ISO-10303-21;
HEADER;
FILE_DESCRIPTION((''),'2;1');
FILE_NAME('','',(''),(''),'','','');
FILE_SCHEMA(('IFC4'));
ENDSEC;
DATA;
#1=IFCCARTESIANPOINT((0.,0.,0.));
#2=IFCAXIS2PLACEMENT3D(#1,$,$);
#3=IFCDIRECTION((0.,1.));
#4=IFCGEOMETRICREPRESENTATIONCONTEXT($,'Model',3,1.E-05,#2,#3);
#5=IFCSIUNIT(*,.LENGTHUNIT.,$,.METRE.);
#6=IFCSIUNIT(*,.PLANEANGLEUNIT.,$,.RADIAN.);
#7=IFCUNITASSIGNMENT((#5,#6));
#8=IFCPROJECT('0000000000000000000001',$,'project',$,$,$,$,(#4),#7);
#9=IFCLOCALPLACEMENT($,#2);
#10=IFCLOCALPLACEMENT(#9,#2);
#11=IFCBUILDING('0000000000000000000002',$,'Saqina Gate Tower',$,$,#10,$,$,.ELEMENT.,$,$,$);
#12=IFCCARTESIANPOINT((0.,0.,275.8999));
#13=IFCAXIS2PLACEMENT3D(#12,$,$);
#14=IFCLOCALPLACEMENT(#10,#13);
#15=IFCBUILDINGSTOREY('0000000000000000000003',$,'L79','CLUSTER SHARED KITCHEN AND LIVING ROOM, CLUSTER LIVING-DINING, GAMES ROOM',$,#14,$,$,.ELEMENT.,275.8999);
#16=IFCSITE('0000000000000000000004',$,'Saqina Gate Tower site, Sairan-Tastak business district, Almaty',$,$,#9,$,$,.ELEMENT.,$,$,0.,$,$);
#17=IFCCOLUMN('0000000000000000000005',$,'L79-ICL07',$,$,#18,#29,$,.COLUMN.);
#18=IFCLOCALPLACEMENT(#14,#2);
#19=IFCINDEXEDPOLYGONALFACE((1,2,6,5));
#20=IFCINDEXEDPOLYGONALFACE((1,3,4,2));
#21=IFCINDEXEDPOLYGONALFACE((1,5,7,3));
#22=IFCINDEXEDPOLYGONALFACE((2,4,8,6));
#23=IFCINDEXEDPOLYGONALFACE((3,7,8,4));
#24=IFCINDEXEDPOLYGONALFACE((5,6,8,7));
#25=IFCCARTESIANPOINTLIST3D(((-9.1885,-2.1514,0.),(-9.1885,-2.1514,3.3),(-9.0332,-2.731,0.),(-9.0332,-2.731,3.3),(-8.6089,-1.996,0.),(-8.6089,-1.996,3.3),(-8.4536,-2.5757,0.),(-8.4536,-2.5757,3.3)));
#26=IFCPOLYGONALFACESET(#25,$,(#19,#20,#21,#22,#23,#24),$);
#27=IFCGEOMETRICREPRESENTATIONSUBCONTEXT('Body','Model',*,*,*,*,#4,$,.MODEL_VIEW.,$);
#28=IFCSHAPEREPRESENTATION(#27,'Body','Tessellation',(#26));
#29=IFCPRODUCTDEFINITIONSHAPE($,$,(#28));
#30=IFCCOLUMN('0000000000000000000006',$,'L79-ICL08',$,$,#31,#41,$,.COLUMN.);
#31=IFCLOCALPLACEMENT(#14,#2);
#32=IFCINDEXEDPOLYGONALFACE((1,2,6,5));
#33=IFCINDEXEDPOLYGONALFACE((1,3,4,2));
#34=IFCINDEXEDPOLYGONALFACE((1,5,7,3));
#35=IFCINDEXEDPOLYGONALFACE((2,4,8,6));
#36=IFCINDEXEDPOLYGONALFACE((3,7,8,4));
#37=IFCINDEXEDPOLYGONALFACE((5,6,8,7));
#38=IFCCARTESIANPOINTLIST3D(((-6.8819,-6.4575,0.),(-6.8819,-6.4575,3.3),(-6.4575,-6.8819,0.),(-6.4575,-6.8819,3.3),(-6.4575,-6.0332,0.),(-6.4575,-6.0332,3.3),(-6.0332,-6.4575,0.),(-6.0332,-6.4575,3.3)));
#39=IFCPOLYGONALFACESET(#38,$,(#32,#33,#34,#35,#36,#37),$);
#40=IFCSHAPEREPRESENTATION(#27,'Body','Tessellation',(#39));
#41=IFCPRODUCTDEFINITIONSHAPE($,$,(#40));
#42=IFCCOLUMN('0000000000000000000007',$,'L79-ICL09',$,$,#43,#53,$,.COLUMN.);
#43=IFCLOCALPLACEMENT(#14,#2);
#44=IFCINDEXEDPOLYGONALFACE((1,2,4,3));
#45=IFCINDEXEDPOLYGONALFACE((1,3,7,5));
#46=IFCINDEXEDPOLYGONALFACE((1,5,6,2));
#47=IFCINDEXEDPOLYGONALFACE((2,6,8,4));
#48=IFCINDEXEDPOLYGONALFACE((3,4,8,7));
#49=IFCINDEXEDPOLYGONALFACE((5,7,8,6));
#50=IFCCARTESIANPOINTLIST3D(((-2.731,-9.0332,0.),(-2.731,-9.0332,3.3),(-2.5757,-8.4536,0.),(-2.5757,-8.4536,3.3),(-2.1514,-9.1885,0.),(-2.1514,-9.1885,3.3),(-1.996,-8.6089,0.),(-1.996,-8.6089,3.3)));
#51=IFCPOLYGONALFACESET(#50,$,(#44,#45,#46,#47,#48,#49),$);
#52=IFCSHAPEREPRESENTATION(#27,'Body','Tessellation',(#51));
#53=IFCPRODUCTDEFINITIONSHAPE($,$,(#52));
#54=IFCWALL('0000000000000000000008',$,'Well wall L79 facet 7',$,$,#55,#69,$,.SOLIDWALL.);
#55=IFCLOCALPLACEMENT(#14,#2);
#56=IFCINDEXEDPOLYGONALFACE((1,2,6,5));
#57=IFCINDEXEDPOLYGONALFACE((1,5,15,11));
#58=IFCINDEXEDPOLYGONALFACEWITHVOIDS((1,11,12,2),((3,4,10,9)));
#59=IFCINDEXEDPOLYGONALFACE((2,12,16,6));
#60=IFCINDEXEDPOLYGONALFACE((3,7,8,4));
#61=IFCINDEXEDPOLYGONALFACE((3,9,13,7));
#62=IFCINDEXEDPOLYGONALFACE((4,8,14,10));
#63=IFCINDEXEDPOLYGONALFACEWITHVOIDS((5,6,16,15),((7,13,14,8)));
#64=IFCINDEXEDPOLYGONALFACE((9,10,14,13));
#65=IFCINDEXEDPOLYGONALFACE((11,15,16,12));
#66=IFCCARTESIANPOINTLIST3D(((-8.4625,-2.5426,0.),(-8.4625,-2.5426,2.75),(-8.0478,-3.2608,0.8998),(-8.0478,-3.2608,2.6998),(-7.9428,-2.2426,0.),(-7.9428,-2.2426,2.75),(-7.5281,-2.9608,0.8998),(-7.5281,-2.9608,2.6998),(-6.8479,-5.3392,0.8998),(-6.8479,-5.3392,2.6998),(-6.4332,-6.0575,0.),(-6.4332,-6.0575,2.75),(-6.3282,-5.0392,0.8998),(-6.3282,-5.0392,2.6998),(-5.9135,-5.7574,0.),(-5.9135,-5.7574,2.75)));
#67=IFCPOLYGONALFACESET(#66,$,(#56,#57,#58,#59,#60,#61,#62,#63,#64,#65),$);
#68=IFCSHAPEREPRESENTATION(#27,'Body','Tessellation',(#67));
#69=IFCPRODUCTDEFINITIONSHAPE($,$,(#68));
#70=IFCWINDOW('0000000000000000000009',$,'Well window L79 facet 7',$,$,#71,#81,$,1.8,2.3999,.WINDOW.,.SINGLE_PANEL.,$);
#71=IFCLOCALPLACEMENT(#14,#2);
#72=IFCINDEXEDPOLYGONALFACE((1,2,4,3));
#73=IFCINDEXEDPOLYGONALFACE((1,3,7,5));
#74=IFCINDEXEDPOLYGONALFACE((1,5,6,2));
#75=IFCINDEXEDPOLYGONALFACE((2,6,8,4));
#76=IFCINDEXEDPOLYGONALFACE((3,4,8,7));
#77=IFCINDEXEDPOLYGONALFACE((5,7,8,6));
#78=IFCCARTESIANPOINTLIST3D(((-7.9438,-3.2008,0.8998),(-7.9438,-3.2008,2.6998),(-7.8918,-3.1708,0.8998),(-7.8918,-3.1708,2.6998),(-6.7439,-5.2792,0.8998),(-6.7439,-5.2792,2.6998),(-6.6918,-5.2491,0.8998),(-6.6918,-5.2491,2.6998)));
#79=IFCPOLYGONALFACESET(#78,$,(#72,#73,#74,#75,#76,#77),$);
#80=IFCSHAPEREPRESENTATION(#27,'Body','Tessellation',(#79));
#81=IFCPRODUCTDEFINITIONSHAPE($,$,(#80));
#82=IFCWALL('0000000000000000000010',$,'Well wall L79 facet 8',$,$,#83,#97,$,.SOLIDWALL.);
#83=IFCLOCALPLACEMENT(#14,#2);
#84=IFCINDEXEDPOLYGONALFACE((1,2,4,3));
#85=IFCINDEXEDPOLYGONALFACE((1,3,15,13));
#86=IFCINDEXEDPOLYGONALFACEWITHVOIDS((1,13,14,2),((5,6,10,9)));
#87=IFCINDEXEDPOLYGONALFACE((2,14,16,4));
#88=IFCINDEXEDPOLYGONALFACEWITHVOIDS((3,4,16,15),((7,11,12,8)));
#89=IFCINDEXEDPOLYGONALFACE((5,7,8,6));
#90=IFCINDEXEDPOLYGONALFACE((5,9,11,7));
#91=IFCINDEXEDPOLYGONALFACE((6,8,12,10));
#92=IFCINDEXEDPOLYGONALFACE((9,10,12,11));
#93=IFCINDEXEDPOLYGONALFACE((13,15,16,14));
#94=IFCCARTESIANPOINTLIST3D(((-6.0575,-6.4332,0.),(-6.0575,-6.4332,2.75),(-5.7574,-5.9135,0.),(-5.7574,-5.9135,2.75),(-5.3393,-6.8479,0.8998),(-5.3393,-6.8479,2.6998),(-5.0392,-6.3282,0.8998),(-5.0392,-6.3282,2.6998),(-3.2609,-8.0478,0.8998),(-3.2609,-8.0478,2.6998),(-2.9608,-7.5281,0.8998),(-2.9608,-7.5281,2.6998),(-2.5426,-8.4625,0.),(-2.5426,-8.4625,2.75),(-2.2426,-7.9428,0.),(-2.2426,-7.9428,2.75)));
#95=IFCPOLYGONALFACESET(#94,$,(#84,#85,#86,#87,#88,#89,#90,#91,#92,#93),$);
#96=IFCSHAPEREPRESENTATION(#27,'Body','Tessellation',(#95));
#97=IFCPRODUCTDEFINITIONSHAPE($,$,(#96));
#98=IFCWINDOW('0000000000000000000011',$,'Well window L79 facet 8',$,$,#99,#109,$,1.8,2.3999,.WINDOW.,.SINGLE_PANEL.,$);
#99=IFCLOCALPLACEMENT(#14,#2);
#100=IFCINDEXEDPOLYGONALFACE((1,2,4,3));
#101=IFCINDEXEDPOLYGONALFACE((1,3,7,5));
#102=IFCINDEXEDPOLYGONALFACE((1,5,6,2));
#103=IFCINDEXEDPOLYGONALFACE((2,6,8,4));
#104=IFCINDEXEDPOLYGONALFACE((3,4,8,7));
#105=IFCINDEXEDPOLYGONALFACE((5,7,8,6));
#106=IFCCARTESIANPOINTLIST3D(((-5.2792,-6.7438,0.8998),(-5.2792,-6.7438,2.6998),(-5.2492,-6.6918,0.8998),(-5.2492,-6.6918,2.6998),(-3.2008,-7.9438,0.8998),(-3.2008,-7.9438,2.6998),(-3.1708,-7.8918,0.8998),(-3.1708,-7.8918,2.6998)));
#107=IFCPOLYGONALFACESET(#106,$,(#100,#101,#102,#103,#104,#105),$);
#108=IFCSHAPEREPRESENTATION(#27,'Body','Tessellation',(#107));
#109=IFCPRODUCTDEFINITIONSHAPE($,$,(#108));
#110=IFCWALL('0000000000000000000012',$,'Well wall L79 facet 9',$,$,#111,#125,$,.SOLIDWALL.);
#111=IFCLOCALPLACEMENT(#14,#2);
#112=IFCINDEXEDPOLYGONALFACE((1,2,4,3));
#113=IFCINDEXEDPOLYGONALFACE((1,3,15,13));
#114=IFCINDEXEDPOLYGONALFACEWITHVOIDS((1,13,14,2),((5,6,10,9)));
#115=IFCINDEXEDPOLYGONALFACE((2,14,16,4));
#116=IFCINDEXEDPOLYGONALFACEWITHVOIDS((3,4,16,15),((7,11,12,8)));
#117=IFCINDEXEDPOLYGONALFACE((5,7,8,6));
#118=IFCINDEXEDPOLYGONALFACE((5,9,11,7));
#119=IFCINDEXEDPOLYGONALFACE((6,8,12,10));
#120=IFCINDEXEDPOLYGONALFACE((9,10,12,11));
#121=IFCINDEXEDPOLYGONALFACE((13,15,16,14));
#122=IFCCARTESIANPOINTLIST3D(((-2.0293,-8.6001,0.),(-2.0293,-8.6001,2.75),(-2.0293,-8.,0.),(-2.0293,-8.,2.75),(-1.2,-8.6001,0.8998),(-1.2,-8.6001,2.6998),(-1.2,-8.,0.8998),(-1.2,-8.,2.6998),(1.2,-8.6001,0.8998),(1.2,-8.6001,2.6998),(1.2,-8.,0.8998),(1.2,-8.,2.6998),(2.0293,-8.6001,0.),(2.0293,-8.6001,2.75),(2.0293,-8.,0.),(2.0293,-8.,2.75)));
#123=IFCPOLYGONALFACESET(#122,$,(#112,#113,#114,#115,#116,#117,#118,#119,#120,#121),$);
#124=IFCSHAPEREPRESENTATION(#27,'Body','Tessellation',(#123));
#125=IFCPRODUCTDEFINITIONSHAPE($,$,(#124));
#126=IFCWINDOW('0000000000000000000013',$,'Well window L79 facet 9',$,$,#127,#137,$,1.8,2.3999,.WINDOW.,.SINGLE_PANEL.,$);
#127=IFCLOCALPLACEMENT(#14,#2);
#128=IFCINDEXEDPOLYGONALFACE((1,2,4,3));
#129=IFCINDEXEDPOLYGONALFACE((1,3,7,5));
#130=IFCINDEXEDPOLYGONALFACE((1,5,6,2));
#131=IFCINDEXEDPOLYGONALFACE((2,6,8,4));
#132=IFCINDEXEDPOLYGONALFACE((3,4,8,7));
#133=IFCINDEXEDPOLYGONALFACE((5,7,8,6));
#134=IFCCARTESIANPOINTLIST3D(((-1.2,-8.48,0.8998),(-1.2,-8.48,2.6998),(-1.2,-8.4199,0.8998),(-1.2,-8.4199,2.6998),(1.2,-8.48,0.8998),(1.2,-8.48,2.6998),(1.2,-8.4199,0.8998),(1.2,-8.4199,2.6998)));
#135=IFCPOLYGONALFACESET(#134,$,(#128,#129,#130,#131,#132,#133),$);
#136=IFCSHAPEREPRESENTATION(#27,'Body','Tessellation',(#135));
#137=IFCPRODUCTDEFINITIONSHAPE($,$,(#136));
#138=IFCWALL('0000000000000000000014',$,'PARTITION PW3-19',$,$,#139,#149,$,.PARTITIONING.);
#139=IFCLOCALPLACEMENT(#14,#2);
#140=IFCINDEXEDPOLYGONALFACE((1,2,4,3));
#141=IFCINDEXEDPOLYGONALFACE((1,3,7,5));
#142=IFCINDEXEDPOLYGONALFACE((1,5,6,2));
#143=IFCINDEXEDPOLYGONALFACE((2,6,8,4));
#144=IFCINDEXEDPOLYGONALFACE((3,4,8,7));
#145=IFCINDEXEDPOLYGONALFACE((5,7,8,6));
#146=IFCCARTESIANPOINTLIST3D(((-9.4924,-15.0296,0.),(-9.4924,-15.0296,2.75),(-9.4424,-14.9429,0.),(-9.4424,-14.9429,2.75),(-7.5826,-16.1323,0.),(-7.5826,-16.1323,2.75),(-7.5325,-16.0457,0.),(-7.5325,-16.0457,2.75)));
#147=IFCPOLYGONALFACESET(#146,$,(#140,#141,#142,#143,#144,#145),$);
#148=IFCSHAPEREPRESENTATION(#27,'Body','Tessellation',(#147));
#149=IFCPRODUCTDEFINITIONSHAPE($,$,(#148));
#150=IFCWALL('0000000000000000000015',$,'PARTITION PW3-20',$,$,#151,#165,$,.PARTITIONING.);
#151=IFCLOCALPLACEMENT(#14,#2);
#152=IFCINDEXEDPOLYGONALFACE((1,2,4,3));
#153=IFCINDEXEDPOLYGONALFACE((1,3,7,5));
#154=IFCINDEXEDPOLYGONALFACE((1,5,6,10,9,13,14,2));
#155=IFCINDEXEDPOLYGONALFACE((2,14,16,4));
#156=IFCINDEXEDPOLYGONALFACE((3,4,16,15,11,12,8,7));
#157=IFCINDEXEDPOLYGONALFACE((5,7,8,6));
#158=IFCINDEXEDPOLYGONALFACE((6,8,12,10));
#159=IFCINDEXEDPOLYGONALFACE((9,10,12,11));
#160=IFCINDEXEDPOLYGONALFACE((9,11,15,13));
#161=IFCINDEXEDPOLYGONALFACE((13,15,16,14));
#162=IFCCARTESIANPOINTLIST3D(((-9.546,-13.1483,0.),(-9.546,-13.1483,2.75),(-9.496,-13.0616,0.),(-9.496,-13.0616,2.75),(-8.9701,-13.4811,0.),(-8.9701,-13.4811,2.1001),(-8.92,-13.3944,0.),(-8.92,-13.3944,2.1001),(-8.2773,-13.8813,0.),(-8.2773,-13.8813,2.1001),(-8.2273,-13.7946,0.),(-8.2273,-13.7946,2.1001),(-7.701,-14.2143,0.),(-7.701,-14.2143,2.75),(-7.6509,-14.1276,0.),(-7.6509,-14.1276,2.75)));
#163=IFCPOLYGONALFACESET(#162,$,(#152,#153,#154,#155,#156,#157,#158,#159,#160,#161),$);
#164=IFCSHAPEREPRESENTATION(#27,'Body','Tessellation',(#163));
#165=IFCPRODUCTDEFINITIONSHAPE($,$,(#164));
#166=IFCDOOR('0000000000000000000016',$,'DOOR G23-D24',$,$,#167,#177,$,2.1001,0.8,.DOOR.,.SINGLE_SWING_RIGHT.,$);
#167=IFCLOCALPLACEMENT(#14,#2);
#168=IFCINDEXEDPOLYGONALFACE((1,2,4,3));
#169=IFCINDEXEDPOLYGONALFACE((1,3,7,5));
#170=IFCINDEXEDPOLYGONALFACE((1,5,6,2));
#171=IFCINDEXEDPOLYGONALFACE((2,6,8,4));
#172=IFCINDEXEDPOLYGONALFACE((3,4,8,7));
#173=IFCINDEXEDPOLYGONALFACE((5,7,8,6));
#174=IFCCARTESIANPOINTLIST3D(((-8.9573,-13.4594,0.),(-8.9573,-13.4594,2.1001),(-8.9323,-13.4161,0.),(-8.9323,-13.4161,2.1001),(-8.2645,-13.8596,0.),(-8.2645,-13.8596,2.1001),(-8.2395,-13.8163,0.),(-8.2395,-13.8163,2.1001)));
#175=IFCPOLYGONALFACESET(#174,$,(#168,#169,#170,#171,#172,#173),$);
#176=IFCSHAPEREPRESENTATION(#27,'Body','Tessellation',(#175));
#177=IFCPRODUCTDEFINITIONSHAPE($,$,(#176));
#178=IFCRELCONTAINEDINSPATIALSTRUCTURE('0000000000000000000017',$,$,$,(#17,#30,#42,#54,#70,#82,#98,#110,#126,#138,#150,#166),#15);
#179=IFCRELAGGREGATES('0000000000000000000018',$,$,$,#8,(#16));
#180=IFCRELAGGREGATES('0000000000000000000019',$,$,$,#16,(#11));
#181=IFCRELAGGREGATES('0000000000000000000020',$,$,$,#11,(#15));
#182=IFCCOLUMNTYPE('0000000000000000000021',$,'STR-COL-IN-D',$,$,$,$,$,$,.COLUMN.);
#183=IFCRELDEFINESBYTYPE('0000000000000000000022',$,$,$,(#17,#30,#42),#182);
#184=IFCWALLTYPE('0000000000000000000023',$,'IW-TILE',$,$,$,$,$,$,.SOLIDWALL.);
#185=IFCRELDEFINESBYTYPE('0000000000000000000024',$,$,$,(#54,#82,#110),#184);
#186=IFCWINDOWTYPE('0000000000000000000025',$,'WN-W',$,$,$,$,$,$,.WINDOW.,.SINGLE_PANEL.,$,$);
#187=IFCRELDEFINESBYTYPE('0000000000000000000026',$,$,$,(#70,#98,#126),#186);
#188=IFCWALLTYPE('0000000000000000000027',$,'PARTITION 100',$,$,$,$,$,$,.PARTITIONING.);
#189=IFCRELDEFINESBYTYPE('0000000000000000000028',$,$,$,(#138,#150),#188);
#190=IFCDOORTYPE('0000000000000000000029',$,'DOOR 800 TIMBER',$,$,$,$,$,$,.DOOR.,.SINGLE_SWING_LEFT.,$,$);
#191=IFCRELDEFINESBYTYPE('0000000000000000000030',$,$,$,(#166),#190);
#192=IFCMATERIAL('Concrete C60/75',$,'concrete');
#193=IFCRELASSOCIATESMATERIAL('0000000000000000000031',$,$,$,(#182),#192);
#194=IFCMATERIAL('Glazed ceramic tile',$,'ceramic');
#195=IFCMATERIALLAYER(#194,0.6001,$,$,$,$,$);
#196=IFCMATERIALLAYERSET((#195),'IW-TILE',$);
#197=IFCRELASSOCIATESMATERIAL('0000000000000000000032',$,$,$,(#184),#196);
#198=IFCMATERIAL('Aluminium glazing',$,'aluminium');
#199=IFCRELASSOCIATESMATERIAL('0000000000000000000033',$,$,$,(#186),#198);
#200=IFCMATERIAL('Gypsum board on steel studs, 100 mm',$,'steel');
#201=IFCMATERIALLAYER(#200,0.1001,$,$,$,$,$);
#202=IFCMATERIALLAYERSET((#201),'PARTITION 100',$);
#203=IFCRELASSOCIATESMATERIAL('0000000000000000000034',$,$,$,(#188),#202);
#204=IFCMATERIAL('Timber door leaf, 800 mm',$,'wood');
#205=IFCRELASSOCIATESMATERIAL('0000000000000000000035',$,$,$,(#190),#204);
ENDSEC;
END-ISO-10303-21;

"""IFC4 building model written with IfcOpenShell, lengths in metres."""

from ifc_helpers import new_model, si_unit, direction, frame, frame_2d, origin, origin_2d, place, context, subcontext, project, spatial, rectangle, extrude, material, layer, layer_set, material_profile, profile_set, type_object, element, fill, save


model = new_model("IFC4")

# Units and contexts
model_context = context("Model", 3, precision=1e-05, world=origin(), true_north=direction((0.0, 1.0)))
body_context = subcontext(model_context, "Body", "Model", "MODEL_VIEW")
ifc_project = project(units=[si_unit("LENGTHUNIT", "METRE"), si_unit("PLANEANGLEUNIT", "RADIAN")], contexts=[model_context])

# Site, building, storey
site_placement = place(None, origin())
site = spatial("IfcSite", under=ifc_project, at=site_placement, Name="Saqina Gate Tower site, Sairan-Tastak business district, Almaty", CompositionType="ELEMENT", RefElevation=0.0)
building_placement = place(site_placement, origin())
building = spatial("IfcBuilding", under=site, at=building_placement, Name="Saqina Gate Tower", CompositionType="ELEMENT")
storey_placement = place(building_placement, frame((0.0, 0.0, 275.8999)))
storey = spatial("IfcBuildingStorey", under=building, at=storey_placement, Name="L79", Description="CLUSTER SHARED KITCHEN AND LIVING ROOM, CLUSTER LIVING-DINING, GAMES ROOM", CompositionType="ELEMENT", Elevation=275.8999)

# Columns
ifc_material_1 = material(Name="Concrete C60/75", Category="concrete")
ifc_material_profile = material_profile(ifc_material_1, rectangle(XDim=0.6001, YDim=0.6001, at=origin_2d()), Name="RC 600x600")
ifc_profile_set = profile_set([ifc_material_profile], Name="Concrete C60/75")
column_type = type_object("IfcColumnType", Name="STR-COL-IN-D", PredefinedType="COLUMN", material=ifc_profile_set)
for number, where, z_axis, x_axis, name in (
    (1, (-8.821, -2.3635, 0.0), (0.0, 0.0, 1.0), (-0.965926, -0.258819, 0.0), "L79-ICL07"),
    (2, (-6.4575, -6.4575, 0.0), (0.0, 0.0, 1.0), (-0.707107, -0.707107, 0.0), "L79-ICL08"),
    (3, (-2.3635, -8.821, 0.0), (0.0, 0.0, 1.0), (-0.258819, -0.965926, 0.0), "L79-ICL09"),
):
    element("IfcColumn", number, at=place(storey_placement, frame(where, z_axis=z_axis, x_axis=x_axis)), inside=storey, type_object=column_type, Name=name, PredefinedType="COLUMN", context=body_context, shape_type="SweptSolid", body=[
        extrude(rectangle(XDim=0.6001, YDim=0.6001, at=origin_2d()), origin(), (0.0, 0.0, 1.0), 3.3),
    ])

# Walls, openings, windows
ifc_material_2 = material(Name="Glazed ceramic tile", Category="ceramic")
ifc_layer_1 = layer(ifc_material_2, 0.6001)
ifc_layer_set_1 = layer_set([ifc_layer_1], Name="IW-TILE")
wall_type_1 = type_object("IfcWallType", Name="IW-TILE", PredefinedType="SOLIDWALL", material=ifc_layer_set_1)
wall_1_placement = place(storey_placement, frame((-8.2026, -2.3926, 0.0), z_axis=(0.0, 0.0, 1.0), x_axis=(0.499995, -0.866028, 0.0)))
wall_1 = element("IfcWall", 4, at=wall_1_placement, inside=storey, type_object=wall_type_1, Name="Well wall L79 facet 7", PredefinedType="SOLIDWALL", context=body_context, shape_type="SweptSolid", body=[
    extrude(rectangle(XDim=4.0586, YDim=0.6001, at=frame_2d((2.0293, 0.0))), origin(), (0.0, 0.0, 1.0), 2.75),
])
opening_1_placement = place(wall_1_placement, frame((0.8293, 0.0, 0.8999)))
opening_1 = element("IfcOpeningElement", 5, at=opening_1_placement, cuts=wall_1, PredefinedType="OPENING", context=body_context, shape_type="SweptSolid", body=[
    extrude(rectangle(XDim=2.3999, YDim=1.8, at=frame_2d((1.2, 0.8999))), frame((0.0, 0.312, 0.0), z_axis=(0.0, -1.0, 0.0), x_axis=(1.0, 0.0, 0.0)), (0.0, 0.0, 1.0), 0.624),
])
ifc_material_3 = material(Name="Aluminium glazing", Category="aluminium")
window_type = type_object("IfcWindowType", Name="WN-W", PartitioningType="SINGLE_PANEL", PredefinedType="WINDOW", material=ifc_material_3)
window_1_placement = place(opening_1_placement, origin())
window_1 = element("IfcWindow", 6, at=window_1_placement, inside=storey, type_object=window_type, Name="Well window L79 facet 7", OverallHeight=1.8, OverallWidth=2.3999, PartitioningType="SINGLE_PANEL", PredefinedType="WINDOW", context=body_context, shape_type="SweptSolid", body=[
    extrude(rectangle(XDim=2.3999, YDim=1.8, at=frame_2d((1.2, 0.8999))), frame((0.0, -0.1199, 0.0), z_axis=(0.0, -1.0, 0.0), x_axis=(1.0, 0.0, 0.0)), (0.0, 0.0, 1.0), 0.0601),
])
fill(opening_1, window_1)
wall_2_placement = place(storey_placement, frame((-5.9075, -6.1733, 0.0), z_axis=(0.0, 0.0, 1.0), x_axis=(0.866028, -0.499995, 0.0)))
wall_2 = element("IfcWall", 7, at=wall_2_placement, inside=storey, type_object=wall_type_1, Name="Well wall L79 facet 8", PredefinedType="SOLIDWALL", context=body_context, shape_type="SweptSolid", body=[
    extrude(rectangle(XDim=4.0586, YDim=0.6001, at=frame_2d((2.0293, 0.0))), origin(), (0.0, 0.0, 1.0), 2.75),
])
opening_2_placement = place(wall_2_placement, frame((0.8293, 0.0, 0.8999)))
opening_2 = element("IfcOpeningElement", 8, at=opening_2_placement, cuts=wall_2, PredefinedType="OPENING", context=body_context, shape_type="SweptSolid", body=[
    extrude(rectangle(XDim=2.3999, YDim=1.8, at=frame_2d((1.2, 0.8999))), frame((0.0, 0.312, 0.0), z_axis=(0.0, -1.0, 0.0), x_axis=(1.0, 0.0, 0.0)), (0.0, 0.0, 1.0), 0.624),
])
window_2_placement = place(opening_2_placement, origin())
window_2 = element("IfcWindow", 9, at=window_2_placement, inside=storey, type_object=window_type, Name="Well window L79 facet 8", OverallHeight=1.8, OverallWidth=2.3999, PartitioningType="SINGLE_PANEL", PredefinedType="WINDOW", context=body_context, shape_type="SweptSolid", body=[
    extrude(rectangle(XDim=2.3999, YDim=1.8, at=frame_2d((1.2, 0.8999))), frame((0.0, -0.1199, 0.0), z_axis=(0.0, -1.0, 0.0), x_axis=(1.0, 0.0, 0.0)), (0.0, 0.0, 1.0), 0.0601),
])
fill(opening_2, window_2)
wall_3_placement = place(storey_placement, frame((-2.0293, -8.3, 0.0), z_axis=(0.0, 0.0, 1.0), x_axis=(1.0, 0.0, 0.0)))
wall_3 = element("IfcWall", 10, at=wall_3_placement, inside=storey, type_object=wall_type_1, Name="Well wall L79 facet 9", PredefinedType="SOLIDWALL", context=body_context, shape_type="SweptSolid", body=[
    extrude(rectangle(XDim=4.0586, YDim=0.6001, at=frame_2d((2.0293, 0.0))), origin(), (0.0, 0.0, 1.0), 2.75),
])
opening_3_placement = place(wall_3_placement, frame((0.8293, 0.0, 0.8999)))
opening_3 = element("IfcOpeningElement", 11, at=opening_3_placement, cuts=wall_3, PredefinedType="OPENING", context=body_context, shape_type="SweptSolid", body=[
    extrude(rectangle(XDim=2.3999, YDim=1.8, at=frame_2d((1.2, 0.8999))), frame((0.0, 0.312, 0.0), z_axis=(0.0, -1.0, 0.0), x_axis=(1.0, 0.0, 0.0)), (0.0, 0.0, 1.0), 0.624),
])
window_3_placement = place(opening_3_placement, origin())
window_3 = element("IfcWindow", 12, at=window_3_placement, inside=storey, type_object=window_type, Name="Well window L79 facet 9", OverallHeight=1.8, OverallWidth=2.3999, PartitioningType="SINGLE_PANEL", PredefinedType="WINDOW", context=body_context, shape_type="SweptSolid", body=[
    extrude(rectangle(XDim=2.3999, YDim=1.8, at=frame_2d((1.2, 0.8999))), frame((0.0, -0.1199, 0.0), z_axis=(0.0, -1.0, 0.0), x_axis=(1.0, 0.0, 0.0)), (0.0, 0.0, 1.0), 0.0601),
])
fill(opening_3, window_3)

# Wall
ifc_material_4 = material(Name="Gypsum board on steel studs, 100 mm", Category="steel")
ifc_layer_2 = layer(ifc_material_4, 0.1001)
ifc_layer_set_2 = layer_set([ifc_layer_2], Name="PARTITION 100")
wall_type_2 = type_object("IfcWallType", Name="PARTITION 100", PredefinedType="PARTITIONING", material=ifc_layer_set_2)
wall_4_placement = place(storey_placement, frame((-9.4673, -14.9863, 0.0), z_axis=(0.0, 0.0, 1.0), x_axis=(0.866007, -0.500032, 0.0)))
element("IfcWall", 13, at=wall_4_placement, inside=storey, type_object=wall_type_2, Name="PARTITION PW3-19", PredefinedType="PARTITIONING", context=body_context, shape_type="SweptSolid", body=[
    extrude(rectangle(XDim=2.2053, YDim=0.1001, at=frame_2d((1.1025, 0.0))), origin(), (0.0, 0.0, 1.0), 2.75),
])

# Wall, opening, door
wall_5_placement = place(storey_placement, frame((-9.521, -13.105, 0.0), z_axis=(0.0, 0.0, 1.0), x_axis=(0.865878, -0.500255, 0.0)))
wall_5 = element("IfcWall", 14, at=wall_5_placement, inside=storey, type_object=wall_type_2, Name="PARTITION PW3-20", PredefinedType="PARTITIONING", context=body_context, shape_type="SweptSolid", body=[
    extrude(rectangle(XDim=2.1309, YDim=0.1001, at=frame_2d((1.0654, 0.0))), origin(), (0.0, 0.0, 1.0), 2.75),
])
opening_4_placement = place(wall_5_placement, frame((0.6653, 0.0, 0.0)))
opening_4 = element("IfcOpeningElement", 15, at=opening_4_placement, cuts=wall_5, PredefinedType="OPENING", context=body_context, shape_type="SweptSolid", body=[
    extrude(rectangle(XDim=0.8, YDim=2.1001, at=frame_2d((0.3999, 1.05))), frame((0.0, 0.062, 0.0), z_axis=(0.0, -1.0, 0.0), x_axis=(1.0, 0.0, 0.0)), (0.0, 0.0, 1.0), 0.124),
])
ifc_material_5 = material(Name="Timber door leaf, 800 mm", Category="wood")
door_type_1 = type_object("IfcDoorType", Name="DOOR 800 TIMBER", OperationType="SINGLE_SWING_LEFT", PredefinedType="DOOR", material=ifc_material_5)
door_1_placement = place(opening_4_placement, frame((0.8, 0.0, 0.0), z_axis=(0.0, 0.0, 1.0), x_axis=(-1.0, 0.0, 0.0)))
door_1 = element("IfcDoor", 16, at=door_1_placement, inside=storey, type_object=door_type_1, Name="DOOR G23-D24", OperationType="SINGLE_SWING_RIGHT", OverallHeight=2.1001, OverallWidth=0.8, PredefinedType="DOOR", context=body_context, shape_type="SweptSolid", body=[
    extrude(rectangle(XDim=0.8, YDim=2.1001, at=frame_2d((0.3999, 1.05))), frame((0.0, 0.0249, 0.0), z_axis=(0.0, -1.0, 0.0), x_axis=(1.0, 0.0, 0.0)), (0.0, 0.0, 1.0), 0.05),
])
fill(opening_4, door_1)

save(model, "model.ifc")
